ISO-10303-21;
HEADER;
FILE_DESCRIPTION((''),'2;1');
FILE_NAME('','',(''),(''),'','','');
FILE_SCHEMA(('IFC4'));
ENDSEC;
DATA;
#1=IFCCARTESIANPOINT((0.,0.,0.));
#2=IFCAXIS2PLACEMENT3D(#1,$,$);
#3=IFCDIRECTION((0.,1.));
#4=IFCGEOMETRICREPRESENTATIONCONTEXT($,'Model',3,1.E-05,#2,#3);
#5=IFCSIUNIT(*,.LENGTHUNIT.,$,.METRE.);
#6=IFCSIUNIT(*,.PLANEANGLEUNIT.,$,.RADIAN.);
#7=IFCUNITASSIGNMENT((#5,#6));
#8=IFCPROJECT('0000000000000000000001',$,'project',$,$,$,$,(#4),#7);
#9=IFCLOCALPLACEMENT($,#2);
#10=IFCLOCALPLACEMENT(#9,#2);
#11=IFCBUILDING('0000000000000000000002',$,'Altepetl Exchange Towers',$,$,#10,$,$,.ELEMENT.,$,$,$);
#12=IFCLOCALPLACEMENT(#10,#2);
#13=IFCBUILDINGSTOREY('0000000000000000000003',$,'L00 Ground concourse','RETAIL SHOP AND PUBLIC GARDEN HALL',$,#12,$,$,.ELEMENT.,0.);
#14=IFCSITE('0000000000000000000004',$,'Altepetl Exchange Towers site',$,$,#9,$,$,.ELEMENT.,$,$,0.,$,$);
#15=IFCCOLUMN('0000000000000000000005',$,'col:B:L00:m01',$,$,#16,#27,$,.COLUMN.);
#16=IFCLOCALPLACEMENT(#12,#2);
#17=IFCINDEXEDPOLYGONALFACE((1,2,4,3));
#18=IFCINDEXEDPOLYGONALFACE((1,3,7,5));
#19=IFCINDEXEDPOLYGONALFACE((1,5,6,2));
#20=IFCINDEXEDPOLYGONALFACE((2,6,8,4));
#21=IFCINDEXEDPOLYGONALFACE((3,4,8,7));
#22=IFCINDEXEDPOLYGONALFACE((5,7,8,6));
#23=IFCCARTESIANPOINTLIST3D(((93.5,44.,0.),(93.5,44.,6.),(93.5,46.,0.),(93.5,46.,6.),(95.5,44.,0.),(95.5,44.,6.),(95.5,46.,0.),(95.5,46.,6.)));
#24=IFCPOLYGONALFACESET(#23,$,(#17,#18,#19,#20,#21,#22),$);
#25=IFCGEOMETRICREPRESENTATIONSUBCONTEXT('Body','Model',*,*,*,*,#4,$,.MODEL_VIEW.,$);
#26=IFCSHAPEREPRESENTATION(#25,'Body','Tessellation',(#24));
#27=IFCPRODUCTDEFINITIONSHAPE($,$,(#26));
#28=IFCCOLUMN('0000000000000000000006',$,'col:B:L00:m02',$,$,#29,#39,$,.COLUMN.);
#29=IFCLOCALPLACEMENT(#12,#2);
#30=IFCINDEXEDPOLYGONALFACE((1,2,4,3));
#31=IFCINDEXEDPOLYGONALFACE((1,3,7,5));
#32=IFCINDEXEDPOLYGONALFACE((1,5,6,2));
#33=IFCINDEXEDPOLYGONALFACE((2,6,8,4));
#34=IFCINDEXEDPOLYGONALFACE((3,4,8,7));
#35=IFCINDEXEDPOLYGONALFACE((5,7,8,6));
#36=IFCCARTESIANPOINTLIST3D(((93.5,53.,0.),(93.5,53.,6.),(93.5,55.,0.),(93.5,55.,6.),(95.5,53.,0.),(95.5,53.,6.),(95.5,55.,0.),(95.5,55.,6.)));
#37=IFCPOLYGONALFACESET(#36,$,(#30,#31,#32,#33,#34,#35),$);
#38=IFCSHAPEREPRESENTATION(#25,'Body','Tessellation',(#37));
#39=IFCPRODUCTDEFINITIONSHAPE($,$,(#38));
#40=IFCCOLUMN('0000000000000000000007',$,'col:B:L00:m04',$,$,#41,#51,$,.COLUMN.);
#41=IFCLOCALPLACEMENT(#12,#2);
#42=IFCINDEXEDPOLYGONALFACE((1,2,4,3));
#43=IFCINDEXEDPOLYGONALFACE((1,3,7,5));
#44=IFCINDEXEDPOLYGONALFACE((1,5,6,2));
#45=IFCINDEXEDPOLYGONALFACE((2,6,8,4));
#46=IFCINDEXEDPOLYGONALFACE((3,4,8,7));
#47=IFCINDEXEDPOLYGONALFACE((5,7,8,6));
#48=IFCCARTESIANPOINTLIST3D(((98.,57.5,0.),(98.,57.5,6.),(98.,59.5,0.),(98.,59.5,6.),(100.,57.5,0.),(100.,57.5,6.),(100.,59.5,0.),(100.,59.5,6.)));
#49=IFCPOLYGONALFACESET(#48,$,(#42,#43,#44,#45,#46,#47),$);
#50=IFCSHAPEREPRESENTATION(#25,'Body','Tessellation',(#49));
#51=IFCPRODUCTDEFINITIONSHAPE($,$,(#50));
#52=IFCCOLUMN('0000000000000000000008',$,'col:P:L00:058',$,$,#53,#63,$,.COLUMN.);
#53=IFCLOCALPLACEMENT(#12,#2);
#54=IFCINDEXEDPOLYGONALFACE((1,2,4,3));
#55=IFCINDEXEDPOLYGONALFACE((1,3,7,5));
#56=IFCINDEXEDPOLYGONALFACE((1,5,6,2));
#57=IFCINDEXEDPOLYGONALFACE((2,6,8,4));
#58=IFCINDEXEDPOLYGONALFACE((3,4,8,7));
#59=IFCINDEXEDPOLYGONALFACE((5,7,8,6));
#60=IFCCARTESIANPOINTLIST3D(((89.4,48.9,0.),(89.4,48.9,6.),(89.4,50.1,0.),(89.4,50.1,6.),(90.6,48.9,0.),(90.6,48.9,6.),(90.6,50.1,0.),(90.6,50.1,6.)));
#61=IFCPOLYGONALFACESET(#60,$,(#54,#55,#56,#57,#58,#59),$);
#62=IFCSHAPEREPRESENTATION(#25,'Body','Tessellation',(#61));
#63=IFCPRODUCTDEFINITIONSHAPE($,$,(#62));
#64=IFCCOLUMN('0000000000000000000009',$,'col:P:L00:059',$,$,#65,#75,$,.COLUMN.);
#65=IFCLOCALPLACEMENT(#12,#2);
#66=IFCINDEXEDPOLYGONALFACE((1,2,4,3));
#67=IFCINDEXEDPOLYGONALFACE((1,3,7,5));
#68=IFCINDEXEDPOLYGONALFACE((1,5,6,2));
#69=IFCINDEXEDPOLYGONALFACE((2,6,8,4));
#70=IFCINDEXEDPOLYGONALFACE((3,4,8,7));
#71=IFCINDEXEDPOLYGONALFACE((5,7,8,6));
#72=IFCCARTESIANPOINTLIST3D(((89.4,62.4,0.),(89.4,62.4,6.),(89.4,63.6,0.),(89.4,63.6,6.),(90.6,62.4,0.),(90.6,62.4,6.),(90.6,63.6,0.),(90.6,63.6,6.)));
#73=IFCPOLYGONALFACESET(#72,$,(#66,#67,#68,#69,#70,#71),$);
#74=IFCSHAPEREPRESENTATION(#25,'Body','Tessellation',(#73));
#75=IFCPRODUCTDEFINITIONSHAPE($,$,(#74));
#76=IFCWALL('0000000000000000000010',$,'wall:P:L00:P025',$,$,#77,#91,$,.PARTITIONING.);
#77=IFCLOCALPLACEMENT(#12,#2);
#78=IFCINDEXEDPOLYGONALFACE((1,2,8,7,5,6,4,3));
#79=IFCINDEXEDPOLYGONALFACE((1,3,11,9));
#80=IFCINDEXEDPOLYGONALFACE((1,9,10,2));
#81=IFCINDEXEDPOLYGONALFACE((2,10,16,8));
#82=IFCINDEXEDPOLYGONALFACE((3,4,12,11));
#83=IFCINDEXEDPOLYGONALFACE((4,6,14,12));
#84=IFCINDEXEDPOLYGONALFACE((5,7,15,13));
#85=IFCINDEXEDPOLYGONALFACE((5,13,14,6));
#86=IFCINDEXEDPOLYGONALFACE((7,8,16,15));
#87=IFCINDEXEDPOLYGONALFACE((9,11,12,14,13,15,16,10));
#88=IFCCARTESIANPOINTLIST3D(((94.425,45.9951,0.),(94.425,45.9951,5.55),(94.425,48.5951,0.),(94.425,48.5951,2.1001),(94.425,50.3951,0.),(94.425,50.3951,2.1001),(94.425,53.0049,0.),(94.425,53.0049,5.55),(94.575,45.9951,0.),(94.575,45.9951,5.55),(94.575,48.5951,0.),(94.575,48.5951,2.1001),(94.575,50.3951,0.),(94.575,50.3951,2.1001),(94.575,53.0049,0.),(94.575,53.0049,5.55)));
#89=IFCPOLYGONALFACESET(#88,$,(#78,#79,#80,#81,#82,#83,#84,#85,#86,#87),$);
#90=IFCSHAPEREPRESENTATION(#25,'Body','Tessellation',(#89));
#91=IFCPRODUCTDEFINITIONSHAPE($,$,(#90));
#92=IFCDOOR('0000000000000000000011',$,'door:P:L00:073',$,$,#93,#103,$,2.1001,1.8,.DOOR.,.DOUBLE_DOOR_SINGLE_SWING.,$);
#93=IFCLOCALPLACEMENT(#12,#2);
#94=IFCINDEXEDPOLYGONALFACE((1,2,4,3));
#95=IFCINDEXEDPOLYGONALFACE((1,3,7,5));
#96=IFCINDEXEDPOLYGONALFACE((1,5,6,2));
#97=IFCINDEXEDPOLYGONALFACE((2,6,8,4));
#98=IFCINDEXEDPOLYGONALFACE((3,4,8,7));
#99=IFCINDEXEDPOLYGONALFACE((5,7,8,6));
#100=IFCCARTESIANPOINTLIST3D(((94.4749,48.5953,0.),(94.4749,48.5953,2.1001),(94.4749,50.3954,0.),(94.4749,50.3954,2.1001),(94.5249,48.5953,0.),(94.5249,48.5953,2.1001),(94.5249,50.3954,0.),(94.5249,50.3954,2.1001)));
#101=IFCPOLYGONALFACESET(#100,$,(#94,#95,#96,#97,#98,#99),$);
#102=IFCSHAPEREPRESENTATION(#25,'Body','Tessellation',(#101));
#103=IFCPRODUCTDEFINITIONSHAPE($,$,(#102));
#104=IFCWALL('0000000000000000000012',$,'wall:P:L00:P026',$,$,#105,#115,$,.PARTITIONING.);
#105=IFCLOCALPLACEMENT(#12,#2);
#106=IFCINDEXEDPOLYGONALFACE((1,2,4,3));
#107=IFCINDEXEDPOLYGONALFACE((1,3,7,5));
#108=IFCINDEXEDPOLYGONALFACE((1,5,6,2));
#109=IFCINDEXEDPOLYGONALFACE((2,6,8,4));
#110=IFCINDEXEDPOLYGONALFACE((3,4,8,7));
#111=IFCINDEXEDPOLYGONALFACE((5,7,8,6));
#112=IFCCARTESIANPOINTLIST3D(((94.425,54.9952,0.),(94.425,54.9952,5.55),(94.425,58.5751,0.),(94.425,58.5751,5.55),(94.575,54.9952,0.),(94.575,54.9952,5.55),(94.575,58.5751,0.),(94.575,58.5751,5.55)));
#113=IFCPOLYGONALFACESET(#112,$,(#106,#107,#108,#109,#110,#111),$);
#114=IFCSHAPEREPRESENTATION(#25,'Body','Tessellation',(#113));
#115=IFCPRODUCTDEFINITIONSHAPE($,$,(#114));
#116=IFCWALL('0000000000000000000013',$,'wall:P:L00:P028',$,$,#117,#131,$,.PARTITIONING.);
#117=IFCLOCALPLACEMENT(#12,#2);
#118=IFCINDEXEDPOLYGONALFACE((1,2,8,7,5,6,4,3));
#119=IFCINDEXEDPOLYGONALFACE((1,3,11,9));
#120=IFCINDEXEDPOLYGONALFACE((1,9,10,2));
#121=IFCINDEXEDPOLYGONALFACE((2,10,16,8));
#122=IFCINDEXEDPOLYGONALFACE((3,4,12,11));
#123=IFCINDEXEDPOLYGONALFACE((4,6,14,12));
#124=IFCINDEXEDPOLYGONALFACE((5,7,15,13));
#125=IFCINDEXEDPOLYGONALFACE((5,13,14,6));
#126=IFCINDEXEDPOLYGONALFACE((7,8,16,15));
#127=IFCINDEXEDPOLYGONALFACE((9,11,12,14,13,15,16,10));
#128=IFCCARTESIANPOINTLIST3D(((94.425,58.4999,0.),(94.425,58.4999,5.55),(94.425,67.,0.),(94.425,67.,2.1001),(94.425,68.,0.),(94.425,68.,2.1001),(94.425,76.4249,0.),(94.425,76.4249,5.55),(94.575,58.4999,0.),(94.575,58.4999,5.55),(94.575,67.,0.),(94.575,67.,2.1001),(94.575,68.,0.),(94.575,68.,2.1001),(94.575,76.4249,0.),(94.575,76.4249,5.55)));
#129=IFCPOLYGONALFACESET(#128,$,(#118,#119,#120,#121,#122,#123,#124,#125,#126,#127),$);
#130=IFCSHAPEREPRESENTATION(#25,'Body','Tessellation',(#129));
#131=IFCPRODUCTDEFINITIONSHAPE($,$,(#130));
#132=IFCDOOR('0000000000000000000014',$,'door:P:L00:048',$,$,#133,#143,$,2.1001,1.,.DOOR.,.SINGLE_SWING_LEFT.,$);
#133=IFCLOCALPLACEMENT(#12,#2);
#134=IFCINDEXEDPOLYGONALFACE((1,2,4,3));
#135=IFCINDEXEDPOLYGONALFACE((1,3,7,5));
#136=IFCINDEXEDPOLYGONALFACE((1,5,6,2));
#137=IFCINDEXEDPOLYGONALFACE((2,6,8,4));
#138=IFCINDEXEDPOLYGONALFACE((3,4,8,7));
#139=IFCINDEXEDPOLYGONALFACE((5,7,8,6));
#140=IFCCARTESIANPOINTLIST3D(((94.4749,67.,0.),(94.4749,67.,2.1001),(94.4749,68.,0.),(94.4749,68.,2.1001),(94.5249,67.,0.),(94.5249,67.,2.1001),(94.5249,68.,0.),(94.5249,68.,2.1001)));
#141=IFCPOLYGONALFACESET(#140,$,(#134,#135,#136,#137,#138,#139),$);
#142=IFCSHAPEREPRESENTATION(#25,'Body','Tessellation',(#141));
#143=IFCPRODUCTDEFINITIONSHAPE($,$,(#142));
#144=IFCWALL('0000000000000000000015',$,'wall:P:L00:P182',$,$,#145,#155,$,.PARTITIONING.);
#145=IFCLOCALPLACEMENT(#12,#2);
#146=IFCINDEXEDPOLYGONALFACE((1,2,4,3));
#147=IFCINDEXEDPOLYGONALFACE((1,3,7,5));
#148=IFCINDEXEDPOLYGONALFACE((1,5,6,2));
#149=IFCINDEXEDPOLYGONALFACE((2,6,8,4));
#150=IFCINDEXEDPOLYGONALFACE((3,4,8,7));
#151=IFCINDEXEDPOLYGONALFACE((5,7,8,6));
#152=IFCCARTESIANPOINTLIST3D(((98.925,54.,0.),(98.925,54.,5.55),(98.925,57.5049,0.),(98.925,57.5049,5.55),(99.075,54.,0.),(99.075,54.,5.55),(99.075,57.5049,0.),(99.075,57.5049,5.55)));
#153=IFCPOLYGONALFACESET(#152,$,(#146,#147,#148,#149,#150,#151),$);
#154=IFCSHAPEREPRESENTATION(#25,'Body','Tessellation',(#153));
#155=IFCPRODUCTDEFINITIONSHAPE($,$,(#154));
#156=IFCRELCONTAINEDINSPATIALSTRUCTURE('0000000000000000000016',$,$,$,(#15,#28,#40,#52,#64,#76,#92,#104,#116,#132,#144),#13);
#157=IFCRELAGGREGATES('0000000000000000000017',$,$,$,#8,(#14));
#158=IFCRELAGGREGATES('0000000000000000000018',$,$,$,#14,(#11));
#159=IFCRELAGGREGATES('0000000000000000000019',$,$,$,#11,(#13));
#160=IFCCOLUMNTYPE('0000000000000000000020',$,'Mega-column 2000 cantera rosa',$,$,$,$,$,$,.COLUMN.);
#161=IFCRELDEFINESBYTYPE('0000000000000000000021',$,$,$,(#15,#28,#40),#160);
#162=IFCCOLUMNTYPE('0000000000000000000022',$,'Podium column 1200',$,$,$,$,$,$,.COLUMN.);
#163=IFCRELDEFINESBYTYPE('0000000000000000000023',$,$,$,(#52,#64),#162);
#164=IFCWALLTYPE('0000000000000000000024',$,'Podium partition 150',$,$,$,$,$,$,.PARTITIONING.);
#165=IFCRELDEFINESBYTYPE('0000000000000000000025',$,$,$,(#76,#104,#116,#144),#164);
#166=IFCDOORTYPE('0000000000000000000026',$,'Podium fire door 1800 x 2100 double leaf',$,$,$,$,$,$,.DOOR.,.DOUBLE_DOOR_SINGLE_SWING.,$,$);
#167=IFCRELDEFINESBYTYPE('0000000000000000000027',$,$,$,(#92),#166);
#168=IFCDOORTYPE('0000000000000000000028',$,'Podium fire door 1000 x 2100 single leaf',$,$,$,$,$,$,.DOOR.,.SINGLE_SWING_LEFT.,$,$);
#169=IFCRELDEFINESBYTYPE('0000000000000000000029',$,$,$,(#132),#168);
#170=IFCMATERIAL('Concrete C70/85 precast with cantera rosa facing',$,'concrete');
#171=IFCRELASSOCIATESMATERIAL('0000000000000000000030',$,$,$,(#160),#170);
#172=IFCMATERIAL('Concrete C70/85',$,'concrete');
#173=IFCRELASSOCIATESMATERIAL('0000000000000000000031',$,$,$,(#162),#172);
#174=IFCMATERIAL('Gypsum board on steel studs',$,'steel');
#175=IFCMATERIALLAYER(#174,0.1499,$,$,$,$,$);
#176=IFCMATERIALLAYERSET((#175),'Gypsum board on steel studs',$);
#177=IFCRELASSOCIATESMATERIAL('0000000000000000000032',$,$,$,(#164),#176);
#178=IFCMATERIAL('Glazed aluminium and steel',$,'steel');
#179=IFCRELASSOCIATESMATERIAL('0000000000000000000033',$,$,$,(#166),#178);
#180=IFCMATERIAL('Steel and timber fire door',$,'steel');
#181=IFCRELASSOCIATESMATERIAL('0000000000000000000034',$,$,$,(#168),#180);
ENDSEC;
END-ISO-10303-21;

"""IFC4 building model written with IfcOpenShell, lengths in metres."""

from ifc_helpers import new_model, si_unit, direction, frame, frame_2d, origin, origin_2d, place, context, subcontext, project, spatial, rectangle, extrude, material, layer, layer_set, material_profile, profile_set, type_object, element, fill, save


model = new_model("IFC4")

# Units and contexts
model_context = context("Model", 3, precision=1e-05, world=origin(), true_north=direction((0.0, 1.0)))
body_context = subcontext(model_context, "Body", "Model", "MODEL_VIEW")
ifc_project = project(units=[si_unit("LENGTHUNIT", "METRE"), si_unit("PLANEANGLEUNIT", "RADIAN")], contexts=[model_context])

# Site, building, storey
site_placement = place(None, origin())
site = spatial("IfcSite", under=ifc_project, at=site_placement, Name="Altepetl Exchange Towers site", CompositionType="ELEMENT", RefElevation=0.0)
building_placement = place(site_placement, origin())
building = spatial("IfcBuilding", under=site, at=building_placement, Name="Altepetl Exchange Towers", CompositionType="ELEMENT")
storey_placement = place(building_placement, origin())
storey = spatial("IfcBuildingStorey", under=building, at=storey_placement, Name="L00 Ground concourse", Description="RETAIL SHOP AND PUBLIC GARDEN HALL", CompositionType="ELEMENT", Elevation=0.0)

# Columns
ifc_material_1 = material(Name="Concrete C70/85 precast with cantera rosa facing", Category="concrete")
ifc_material_profile_1 = material_profile(ifc_material_1, rectangle(XDim=2.0, YDim=2.0, at=origin_2d()), Name="2000 x 2000")
ifc_profile_set_1 = profile_set([ifc_material_profile_1], Name="Concrete C70/85 precast with cantera rosa facing")
column_type_1 = type_object("IfcColumnType", Name="Mega-column 2000 cantera rosa", PredefinedType="COLUMN", material=ifc_profile_set_1)
for number, where, name in (
    (1, (94.5, 45.0, 0.0), "col:B:L00:m01"),
    (2, (94.5, 54.0, 0.0), "col:B:L00:m02"),
    (3, (99.0, 58.5, 0.0), "col:B:L00:m04"),
):
    element("IfcColumn", number, at=place(storey_placement, frame(where)), inside=storey, type_object=column_type_1, Name=name, PredefinedType="COLUMN", context=body_context, shape_type="SweptSolid", body=[
        extrude(rectangle(XDim=2.0, YDim=2.0, at=origin_2d()), origin(), (0.0, 0.0, 1.0), 6.0),
    ])
ifc_material_2 = material(Name="Concrete C70/85", Category="concrete")
ifc_material_profile_2 = material_profile(ifc_material_2, rectangle(XDim=1.2, YDim=1.2, at=origin_2d()), Name="1200 x 1200")
ifc_profile_set_2 = profile_set([ifc_material_profile_2], Name="Concrete C70/85")
column_type_2 = type_object("IfcColumnType", Name="Podium column 1200", PredefinedType="COLUMN", material=ifc_profile_set_2)
for number, where, name in (
    (4, (90.0, 49.5, 0.0), "col:P:L00:058"),
    (5, (90.0, 63.0, 0.0), "col:P:L00:059"),
):
    element("IfcColumn", number, at=place(storey_placement, frame(where)), inside=storey, type_object=column_type_2, Name=name, PredefinedType="COLUMN", context=body_context, shape_type="SweptSolid", body=[
        extrude(rectangle(XDim=1.2, YDim=1.2, at=origin_2d()), origin(), (0.0, 0.0, 1.0), 6.0),
    ])

# Wall, opening, door
ifc_material_3 = material(Name="Gypsum board on steel studs", Category="steel")
ifc_layer_1 = layer(ifc_material_3, 0.1499)
ifc_layer_set_1 = layer_set([ifc_layer_1], Name="Gypsum board on steel studs")
wall_type_1 = type_object("IfcWallType", Name="Podium partition 150", PredefinedType="PARTITIONING", material=ifc_layer_set_1)
wall_1_placement = place(storey_placement, frame((94.5, 45.9951, 0.0), z_axis=(0.0, 0.0, 1.0), x_axis=(0.0, 1.0, 0.0)))
wall_1 = element("IfcWall", 6, at=wall_1_placement, inside=storey, type_object=wall_type_1, Name="wall:P:L00:P025", PredefinedType="PARTITIONING", context=body_context, shape_type="SweptSolid", body=[
    extrude(rectangle(XDim=7.0098, YDim=0.1499, at=frame_2d((3.5049, 0.0))), origin(), (0.0, 0.0, 1.0), 5.55),
])
opening_1_placement = place(wall_1_placement, frame((2.6001, 0.0, 0.0)))
opening_1 = element("IfcOpeningElement", 7, at=opening_1_placement, cuts=wall_1, PredefinedType="OPENING", context=body_context, shape_type="SweptSolid", body=[
    extrude(rectangle(XDim=1.8, YDim=2.1001, at=frame_2d((0.8999, 1.05))), frame((0.0, 0.085, 0.0), z_axis=(0.0, -1.0, 0.0), x_axis=(1.0, 0.0, 0.0)), (0.0, 0.0, 1.0), 0.1699),
])
ifc_material_4 = material(Name="Glazed aluminium and steel", Category="steel")
door_type_1 = type_object("IfcDoorType", Name="Podium fire door 1800 x 2100 double leaf", OperationType="DOUBLE_DOOR_SINGLE_SWING", PredefinedType="DOOR", material=ifc_material_4)
door_1_placement = place(opening_1_placement, frame((1.8, 0.0, 0.0), x_axis=(-1.0, 0.0, 0.0)))
door_1 = element("IfcDoor", 8, at=door_1_placement, inside=storey, type_object=door_type_1, Name="door:P:L00:073", OperationType="DOUBLE_DOOR_SINGLE_SWING", OverallHeight=2.1001, OverallWidth=1.8, PredefinedType="DOOR", context=body_context, shape_type="SweptSolid", body=[
    extrude(rectangle(XDim=1.8, YDim=2.1001, at=frame_2d((0.8999, 1.05))), frame((0.0, 0.0249, 0.0), z_axis=(0.0, -1.0, 0.0), x_axis=(1.0, 0.0, 0.0)), (0.0, 0.0, 1.0), 0.05),
])
fill(opening_1, door_1)

# Wall
wall_2_placement = place(storey_placement, frame((94.5, 54.9951, 0.0), z_axis=(0.0, 0.0, 1.0), x_axis=(0.0, 1.0, 0.0)))
element("IfcWall", 9, at=wall_2_placement, inside=storey, type_object=wall_type_1, Name="wall:P:L00:P026", PredefinedType="PARTITIONING", context=body_context, shape_type="SweptSolid", body=[
    extrude(rectangle(XDim=3.5798, YDim=0.1499, at=frame_2d((1.79, 0.0))), origin(), (0.0, 0.0, 1.0), 5.55),
])

# Wall, opening, door
wall_3_placement = place(storey_placement, frame((94.5, 58.5, 0.0), z_axis=(0.0, 0.0, 1.0), x_axis=(0.0, 1.0, 0.0)))
wall_3 = element("IfcWall", 10, at=wall_3_placement, inside=storey, type_object=wall_type_1, Name="wall:P:L00:P028", PredefinedType="PARTITIONING", context=body_context, shape_type="SweptSolid", body=[
    extrude(rectangle(XDim=17.925, YDim=0.1499, at=frame_2d((8.9624, 0.0))), origin(), (0.0, 0.0, 1.0), 5.55),
])
opening_2_placement = place(wall_3_placement, frame((8.5, 0.0, 0.0)))
opening_2 = element("IfcOpeningElement", 11, at=opening_2_placement, cuts=wall_3, PredefinedType="OPENING", context=body_context, shape_type="SweptSolid", body=[
    extrude(rectangle(XDim=1.0, YDim=2.1001, at=frame_2d((0.5, 1.05))), frame((0.0, 0.085, 0.0), z_axis=(0.0, -1.0, 0.0), x_axis=(1.0, 0.0, 0.0)), (0.0, 0.0, 1.0), 0.1699),
])
ifc_material_5 = material(Name="Steel and timber fire door", Category="steel")
door_type_2 = type_object("IfcDoorType", Name="Podium fire door 1000 x 2100 single leaf", OperationType="SINGLE_SWING_LEFT", PredefinedType="DOOR", material=ifc_material_5)
door_2_placement = place(opening_2_placement, frame((1.0, 0.0, 0.0), x_axis=(-1.0, 0.0, 0.0)))
door_2 = element("IfcDoor", 12, at=door_2_placement, inside=storey, type_object=door_type_2, Name="door:P:L00:048", OperationType="SINGLE_SWING_LEFT", OverallHeight=2.1001, OverallWidth=1.0, PredefinedType="DOOR", context=body_context, shape_type="SweptSolid", body=[
    extrude(rectangle(XDim=1.0, YDim=2.1001, at=frame_2d((0.5, 1.05))), frame((0.0, 0.0249, 0.0), z_axis=(0.0, -1.0, 0.0), x_axis=(1.0, 0.0, 0.0)), (0.0, 0.0, 1.0), 0.05),
])
fill(opening_2, door_2)

# Wall
wall_4_placement = place(storey_placement, frame((99.0, 54.0, 0.0), z_axis=(0.0, 0.0, 1.0), x_axis=(0.0, 1.0, 0.0)))
element("IfcWall", 13, at=wall_4_placement, inside=storey, type_object=wall_type_1, Name="wall:P:L00:P182", PredefinedType="PARTITIONING", context=body_context, shape_type="SweptSolid", body=[
    extrude(rectangle(XDim=3.5049, YDim=0.1499, at=frame_2d((1.7524, 0.0))), origin(), (0.0, 0.0, 1.0), 5.55),
])

save(model, "model.ifc")
